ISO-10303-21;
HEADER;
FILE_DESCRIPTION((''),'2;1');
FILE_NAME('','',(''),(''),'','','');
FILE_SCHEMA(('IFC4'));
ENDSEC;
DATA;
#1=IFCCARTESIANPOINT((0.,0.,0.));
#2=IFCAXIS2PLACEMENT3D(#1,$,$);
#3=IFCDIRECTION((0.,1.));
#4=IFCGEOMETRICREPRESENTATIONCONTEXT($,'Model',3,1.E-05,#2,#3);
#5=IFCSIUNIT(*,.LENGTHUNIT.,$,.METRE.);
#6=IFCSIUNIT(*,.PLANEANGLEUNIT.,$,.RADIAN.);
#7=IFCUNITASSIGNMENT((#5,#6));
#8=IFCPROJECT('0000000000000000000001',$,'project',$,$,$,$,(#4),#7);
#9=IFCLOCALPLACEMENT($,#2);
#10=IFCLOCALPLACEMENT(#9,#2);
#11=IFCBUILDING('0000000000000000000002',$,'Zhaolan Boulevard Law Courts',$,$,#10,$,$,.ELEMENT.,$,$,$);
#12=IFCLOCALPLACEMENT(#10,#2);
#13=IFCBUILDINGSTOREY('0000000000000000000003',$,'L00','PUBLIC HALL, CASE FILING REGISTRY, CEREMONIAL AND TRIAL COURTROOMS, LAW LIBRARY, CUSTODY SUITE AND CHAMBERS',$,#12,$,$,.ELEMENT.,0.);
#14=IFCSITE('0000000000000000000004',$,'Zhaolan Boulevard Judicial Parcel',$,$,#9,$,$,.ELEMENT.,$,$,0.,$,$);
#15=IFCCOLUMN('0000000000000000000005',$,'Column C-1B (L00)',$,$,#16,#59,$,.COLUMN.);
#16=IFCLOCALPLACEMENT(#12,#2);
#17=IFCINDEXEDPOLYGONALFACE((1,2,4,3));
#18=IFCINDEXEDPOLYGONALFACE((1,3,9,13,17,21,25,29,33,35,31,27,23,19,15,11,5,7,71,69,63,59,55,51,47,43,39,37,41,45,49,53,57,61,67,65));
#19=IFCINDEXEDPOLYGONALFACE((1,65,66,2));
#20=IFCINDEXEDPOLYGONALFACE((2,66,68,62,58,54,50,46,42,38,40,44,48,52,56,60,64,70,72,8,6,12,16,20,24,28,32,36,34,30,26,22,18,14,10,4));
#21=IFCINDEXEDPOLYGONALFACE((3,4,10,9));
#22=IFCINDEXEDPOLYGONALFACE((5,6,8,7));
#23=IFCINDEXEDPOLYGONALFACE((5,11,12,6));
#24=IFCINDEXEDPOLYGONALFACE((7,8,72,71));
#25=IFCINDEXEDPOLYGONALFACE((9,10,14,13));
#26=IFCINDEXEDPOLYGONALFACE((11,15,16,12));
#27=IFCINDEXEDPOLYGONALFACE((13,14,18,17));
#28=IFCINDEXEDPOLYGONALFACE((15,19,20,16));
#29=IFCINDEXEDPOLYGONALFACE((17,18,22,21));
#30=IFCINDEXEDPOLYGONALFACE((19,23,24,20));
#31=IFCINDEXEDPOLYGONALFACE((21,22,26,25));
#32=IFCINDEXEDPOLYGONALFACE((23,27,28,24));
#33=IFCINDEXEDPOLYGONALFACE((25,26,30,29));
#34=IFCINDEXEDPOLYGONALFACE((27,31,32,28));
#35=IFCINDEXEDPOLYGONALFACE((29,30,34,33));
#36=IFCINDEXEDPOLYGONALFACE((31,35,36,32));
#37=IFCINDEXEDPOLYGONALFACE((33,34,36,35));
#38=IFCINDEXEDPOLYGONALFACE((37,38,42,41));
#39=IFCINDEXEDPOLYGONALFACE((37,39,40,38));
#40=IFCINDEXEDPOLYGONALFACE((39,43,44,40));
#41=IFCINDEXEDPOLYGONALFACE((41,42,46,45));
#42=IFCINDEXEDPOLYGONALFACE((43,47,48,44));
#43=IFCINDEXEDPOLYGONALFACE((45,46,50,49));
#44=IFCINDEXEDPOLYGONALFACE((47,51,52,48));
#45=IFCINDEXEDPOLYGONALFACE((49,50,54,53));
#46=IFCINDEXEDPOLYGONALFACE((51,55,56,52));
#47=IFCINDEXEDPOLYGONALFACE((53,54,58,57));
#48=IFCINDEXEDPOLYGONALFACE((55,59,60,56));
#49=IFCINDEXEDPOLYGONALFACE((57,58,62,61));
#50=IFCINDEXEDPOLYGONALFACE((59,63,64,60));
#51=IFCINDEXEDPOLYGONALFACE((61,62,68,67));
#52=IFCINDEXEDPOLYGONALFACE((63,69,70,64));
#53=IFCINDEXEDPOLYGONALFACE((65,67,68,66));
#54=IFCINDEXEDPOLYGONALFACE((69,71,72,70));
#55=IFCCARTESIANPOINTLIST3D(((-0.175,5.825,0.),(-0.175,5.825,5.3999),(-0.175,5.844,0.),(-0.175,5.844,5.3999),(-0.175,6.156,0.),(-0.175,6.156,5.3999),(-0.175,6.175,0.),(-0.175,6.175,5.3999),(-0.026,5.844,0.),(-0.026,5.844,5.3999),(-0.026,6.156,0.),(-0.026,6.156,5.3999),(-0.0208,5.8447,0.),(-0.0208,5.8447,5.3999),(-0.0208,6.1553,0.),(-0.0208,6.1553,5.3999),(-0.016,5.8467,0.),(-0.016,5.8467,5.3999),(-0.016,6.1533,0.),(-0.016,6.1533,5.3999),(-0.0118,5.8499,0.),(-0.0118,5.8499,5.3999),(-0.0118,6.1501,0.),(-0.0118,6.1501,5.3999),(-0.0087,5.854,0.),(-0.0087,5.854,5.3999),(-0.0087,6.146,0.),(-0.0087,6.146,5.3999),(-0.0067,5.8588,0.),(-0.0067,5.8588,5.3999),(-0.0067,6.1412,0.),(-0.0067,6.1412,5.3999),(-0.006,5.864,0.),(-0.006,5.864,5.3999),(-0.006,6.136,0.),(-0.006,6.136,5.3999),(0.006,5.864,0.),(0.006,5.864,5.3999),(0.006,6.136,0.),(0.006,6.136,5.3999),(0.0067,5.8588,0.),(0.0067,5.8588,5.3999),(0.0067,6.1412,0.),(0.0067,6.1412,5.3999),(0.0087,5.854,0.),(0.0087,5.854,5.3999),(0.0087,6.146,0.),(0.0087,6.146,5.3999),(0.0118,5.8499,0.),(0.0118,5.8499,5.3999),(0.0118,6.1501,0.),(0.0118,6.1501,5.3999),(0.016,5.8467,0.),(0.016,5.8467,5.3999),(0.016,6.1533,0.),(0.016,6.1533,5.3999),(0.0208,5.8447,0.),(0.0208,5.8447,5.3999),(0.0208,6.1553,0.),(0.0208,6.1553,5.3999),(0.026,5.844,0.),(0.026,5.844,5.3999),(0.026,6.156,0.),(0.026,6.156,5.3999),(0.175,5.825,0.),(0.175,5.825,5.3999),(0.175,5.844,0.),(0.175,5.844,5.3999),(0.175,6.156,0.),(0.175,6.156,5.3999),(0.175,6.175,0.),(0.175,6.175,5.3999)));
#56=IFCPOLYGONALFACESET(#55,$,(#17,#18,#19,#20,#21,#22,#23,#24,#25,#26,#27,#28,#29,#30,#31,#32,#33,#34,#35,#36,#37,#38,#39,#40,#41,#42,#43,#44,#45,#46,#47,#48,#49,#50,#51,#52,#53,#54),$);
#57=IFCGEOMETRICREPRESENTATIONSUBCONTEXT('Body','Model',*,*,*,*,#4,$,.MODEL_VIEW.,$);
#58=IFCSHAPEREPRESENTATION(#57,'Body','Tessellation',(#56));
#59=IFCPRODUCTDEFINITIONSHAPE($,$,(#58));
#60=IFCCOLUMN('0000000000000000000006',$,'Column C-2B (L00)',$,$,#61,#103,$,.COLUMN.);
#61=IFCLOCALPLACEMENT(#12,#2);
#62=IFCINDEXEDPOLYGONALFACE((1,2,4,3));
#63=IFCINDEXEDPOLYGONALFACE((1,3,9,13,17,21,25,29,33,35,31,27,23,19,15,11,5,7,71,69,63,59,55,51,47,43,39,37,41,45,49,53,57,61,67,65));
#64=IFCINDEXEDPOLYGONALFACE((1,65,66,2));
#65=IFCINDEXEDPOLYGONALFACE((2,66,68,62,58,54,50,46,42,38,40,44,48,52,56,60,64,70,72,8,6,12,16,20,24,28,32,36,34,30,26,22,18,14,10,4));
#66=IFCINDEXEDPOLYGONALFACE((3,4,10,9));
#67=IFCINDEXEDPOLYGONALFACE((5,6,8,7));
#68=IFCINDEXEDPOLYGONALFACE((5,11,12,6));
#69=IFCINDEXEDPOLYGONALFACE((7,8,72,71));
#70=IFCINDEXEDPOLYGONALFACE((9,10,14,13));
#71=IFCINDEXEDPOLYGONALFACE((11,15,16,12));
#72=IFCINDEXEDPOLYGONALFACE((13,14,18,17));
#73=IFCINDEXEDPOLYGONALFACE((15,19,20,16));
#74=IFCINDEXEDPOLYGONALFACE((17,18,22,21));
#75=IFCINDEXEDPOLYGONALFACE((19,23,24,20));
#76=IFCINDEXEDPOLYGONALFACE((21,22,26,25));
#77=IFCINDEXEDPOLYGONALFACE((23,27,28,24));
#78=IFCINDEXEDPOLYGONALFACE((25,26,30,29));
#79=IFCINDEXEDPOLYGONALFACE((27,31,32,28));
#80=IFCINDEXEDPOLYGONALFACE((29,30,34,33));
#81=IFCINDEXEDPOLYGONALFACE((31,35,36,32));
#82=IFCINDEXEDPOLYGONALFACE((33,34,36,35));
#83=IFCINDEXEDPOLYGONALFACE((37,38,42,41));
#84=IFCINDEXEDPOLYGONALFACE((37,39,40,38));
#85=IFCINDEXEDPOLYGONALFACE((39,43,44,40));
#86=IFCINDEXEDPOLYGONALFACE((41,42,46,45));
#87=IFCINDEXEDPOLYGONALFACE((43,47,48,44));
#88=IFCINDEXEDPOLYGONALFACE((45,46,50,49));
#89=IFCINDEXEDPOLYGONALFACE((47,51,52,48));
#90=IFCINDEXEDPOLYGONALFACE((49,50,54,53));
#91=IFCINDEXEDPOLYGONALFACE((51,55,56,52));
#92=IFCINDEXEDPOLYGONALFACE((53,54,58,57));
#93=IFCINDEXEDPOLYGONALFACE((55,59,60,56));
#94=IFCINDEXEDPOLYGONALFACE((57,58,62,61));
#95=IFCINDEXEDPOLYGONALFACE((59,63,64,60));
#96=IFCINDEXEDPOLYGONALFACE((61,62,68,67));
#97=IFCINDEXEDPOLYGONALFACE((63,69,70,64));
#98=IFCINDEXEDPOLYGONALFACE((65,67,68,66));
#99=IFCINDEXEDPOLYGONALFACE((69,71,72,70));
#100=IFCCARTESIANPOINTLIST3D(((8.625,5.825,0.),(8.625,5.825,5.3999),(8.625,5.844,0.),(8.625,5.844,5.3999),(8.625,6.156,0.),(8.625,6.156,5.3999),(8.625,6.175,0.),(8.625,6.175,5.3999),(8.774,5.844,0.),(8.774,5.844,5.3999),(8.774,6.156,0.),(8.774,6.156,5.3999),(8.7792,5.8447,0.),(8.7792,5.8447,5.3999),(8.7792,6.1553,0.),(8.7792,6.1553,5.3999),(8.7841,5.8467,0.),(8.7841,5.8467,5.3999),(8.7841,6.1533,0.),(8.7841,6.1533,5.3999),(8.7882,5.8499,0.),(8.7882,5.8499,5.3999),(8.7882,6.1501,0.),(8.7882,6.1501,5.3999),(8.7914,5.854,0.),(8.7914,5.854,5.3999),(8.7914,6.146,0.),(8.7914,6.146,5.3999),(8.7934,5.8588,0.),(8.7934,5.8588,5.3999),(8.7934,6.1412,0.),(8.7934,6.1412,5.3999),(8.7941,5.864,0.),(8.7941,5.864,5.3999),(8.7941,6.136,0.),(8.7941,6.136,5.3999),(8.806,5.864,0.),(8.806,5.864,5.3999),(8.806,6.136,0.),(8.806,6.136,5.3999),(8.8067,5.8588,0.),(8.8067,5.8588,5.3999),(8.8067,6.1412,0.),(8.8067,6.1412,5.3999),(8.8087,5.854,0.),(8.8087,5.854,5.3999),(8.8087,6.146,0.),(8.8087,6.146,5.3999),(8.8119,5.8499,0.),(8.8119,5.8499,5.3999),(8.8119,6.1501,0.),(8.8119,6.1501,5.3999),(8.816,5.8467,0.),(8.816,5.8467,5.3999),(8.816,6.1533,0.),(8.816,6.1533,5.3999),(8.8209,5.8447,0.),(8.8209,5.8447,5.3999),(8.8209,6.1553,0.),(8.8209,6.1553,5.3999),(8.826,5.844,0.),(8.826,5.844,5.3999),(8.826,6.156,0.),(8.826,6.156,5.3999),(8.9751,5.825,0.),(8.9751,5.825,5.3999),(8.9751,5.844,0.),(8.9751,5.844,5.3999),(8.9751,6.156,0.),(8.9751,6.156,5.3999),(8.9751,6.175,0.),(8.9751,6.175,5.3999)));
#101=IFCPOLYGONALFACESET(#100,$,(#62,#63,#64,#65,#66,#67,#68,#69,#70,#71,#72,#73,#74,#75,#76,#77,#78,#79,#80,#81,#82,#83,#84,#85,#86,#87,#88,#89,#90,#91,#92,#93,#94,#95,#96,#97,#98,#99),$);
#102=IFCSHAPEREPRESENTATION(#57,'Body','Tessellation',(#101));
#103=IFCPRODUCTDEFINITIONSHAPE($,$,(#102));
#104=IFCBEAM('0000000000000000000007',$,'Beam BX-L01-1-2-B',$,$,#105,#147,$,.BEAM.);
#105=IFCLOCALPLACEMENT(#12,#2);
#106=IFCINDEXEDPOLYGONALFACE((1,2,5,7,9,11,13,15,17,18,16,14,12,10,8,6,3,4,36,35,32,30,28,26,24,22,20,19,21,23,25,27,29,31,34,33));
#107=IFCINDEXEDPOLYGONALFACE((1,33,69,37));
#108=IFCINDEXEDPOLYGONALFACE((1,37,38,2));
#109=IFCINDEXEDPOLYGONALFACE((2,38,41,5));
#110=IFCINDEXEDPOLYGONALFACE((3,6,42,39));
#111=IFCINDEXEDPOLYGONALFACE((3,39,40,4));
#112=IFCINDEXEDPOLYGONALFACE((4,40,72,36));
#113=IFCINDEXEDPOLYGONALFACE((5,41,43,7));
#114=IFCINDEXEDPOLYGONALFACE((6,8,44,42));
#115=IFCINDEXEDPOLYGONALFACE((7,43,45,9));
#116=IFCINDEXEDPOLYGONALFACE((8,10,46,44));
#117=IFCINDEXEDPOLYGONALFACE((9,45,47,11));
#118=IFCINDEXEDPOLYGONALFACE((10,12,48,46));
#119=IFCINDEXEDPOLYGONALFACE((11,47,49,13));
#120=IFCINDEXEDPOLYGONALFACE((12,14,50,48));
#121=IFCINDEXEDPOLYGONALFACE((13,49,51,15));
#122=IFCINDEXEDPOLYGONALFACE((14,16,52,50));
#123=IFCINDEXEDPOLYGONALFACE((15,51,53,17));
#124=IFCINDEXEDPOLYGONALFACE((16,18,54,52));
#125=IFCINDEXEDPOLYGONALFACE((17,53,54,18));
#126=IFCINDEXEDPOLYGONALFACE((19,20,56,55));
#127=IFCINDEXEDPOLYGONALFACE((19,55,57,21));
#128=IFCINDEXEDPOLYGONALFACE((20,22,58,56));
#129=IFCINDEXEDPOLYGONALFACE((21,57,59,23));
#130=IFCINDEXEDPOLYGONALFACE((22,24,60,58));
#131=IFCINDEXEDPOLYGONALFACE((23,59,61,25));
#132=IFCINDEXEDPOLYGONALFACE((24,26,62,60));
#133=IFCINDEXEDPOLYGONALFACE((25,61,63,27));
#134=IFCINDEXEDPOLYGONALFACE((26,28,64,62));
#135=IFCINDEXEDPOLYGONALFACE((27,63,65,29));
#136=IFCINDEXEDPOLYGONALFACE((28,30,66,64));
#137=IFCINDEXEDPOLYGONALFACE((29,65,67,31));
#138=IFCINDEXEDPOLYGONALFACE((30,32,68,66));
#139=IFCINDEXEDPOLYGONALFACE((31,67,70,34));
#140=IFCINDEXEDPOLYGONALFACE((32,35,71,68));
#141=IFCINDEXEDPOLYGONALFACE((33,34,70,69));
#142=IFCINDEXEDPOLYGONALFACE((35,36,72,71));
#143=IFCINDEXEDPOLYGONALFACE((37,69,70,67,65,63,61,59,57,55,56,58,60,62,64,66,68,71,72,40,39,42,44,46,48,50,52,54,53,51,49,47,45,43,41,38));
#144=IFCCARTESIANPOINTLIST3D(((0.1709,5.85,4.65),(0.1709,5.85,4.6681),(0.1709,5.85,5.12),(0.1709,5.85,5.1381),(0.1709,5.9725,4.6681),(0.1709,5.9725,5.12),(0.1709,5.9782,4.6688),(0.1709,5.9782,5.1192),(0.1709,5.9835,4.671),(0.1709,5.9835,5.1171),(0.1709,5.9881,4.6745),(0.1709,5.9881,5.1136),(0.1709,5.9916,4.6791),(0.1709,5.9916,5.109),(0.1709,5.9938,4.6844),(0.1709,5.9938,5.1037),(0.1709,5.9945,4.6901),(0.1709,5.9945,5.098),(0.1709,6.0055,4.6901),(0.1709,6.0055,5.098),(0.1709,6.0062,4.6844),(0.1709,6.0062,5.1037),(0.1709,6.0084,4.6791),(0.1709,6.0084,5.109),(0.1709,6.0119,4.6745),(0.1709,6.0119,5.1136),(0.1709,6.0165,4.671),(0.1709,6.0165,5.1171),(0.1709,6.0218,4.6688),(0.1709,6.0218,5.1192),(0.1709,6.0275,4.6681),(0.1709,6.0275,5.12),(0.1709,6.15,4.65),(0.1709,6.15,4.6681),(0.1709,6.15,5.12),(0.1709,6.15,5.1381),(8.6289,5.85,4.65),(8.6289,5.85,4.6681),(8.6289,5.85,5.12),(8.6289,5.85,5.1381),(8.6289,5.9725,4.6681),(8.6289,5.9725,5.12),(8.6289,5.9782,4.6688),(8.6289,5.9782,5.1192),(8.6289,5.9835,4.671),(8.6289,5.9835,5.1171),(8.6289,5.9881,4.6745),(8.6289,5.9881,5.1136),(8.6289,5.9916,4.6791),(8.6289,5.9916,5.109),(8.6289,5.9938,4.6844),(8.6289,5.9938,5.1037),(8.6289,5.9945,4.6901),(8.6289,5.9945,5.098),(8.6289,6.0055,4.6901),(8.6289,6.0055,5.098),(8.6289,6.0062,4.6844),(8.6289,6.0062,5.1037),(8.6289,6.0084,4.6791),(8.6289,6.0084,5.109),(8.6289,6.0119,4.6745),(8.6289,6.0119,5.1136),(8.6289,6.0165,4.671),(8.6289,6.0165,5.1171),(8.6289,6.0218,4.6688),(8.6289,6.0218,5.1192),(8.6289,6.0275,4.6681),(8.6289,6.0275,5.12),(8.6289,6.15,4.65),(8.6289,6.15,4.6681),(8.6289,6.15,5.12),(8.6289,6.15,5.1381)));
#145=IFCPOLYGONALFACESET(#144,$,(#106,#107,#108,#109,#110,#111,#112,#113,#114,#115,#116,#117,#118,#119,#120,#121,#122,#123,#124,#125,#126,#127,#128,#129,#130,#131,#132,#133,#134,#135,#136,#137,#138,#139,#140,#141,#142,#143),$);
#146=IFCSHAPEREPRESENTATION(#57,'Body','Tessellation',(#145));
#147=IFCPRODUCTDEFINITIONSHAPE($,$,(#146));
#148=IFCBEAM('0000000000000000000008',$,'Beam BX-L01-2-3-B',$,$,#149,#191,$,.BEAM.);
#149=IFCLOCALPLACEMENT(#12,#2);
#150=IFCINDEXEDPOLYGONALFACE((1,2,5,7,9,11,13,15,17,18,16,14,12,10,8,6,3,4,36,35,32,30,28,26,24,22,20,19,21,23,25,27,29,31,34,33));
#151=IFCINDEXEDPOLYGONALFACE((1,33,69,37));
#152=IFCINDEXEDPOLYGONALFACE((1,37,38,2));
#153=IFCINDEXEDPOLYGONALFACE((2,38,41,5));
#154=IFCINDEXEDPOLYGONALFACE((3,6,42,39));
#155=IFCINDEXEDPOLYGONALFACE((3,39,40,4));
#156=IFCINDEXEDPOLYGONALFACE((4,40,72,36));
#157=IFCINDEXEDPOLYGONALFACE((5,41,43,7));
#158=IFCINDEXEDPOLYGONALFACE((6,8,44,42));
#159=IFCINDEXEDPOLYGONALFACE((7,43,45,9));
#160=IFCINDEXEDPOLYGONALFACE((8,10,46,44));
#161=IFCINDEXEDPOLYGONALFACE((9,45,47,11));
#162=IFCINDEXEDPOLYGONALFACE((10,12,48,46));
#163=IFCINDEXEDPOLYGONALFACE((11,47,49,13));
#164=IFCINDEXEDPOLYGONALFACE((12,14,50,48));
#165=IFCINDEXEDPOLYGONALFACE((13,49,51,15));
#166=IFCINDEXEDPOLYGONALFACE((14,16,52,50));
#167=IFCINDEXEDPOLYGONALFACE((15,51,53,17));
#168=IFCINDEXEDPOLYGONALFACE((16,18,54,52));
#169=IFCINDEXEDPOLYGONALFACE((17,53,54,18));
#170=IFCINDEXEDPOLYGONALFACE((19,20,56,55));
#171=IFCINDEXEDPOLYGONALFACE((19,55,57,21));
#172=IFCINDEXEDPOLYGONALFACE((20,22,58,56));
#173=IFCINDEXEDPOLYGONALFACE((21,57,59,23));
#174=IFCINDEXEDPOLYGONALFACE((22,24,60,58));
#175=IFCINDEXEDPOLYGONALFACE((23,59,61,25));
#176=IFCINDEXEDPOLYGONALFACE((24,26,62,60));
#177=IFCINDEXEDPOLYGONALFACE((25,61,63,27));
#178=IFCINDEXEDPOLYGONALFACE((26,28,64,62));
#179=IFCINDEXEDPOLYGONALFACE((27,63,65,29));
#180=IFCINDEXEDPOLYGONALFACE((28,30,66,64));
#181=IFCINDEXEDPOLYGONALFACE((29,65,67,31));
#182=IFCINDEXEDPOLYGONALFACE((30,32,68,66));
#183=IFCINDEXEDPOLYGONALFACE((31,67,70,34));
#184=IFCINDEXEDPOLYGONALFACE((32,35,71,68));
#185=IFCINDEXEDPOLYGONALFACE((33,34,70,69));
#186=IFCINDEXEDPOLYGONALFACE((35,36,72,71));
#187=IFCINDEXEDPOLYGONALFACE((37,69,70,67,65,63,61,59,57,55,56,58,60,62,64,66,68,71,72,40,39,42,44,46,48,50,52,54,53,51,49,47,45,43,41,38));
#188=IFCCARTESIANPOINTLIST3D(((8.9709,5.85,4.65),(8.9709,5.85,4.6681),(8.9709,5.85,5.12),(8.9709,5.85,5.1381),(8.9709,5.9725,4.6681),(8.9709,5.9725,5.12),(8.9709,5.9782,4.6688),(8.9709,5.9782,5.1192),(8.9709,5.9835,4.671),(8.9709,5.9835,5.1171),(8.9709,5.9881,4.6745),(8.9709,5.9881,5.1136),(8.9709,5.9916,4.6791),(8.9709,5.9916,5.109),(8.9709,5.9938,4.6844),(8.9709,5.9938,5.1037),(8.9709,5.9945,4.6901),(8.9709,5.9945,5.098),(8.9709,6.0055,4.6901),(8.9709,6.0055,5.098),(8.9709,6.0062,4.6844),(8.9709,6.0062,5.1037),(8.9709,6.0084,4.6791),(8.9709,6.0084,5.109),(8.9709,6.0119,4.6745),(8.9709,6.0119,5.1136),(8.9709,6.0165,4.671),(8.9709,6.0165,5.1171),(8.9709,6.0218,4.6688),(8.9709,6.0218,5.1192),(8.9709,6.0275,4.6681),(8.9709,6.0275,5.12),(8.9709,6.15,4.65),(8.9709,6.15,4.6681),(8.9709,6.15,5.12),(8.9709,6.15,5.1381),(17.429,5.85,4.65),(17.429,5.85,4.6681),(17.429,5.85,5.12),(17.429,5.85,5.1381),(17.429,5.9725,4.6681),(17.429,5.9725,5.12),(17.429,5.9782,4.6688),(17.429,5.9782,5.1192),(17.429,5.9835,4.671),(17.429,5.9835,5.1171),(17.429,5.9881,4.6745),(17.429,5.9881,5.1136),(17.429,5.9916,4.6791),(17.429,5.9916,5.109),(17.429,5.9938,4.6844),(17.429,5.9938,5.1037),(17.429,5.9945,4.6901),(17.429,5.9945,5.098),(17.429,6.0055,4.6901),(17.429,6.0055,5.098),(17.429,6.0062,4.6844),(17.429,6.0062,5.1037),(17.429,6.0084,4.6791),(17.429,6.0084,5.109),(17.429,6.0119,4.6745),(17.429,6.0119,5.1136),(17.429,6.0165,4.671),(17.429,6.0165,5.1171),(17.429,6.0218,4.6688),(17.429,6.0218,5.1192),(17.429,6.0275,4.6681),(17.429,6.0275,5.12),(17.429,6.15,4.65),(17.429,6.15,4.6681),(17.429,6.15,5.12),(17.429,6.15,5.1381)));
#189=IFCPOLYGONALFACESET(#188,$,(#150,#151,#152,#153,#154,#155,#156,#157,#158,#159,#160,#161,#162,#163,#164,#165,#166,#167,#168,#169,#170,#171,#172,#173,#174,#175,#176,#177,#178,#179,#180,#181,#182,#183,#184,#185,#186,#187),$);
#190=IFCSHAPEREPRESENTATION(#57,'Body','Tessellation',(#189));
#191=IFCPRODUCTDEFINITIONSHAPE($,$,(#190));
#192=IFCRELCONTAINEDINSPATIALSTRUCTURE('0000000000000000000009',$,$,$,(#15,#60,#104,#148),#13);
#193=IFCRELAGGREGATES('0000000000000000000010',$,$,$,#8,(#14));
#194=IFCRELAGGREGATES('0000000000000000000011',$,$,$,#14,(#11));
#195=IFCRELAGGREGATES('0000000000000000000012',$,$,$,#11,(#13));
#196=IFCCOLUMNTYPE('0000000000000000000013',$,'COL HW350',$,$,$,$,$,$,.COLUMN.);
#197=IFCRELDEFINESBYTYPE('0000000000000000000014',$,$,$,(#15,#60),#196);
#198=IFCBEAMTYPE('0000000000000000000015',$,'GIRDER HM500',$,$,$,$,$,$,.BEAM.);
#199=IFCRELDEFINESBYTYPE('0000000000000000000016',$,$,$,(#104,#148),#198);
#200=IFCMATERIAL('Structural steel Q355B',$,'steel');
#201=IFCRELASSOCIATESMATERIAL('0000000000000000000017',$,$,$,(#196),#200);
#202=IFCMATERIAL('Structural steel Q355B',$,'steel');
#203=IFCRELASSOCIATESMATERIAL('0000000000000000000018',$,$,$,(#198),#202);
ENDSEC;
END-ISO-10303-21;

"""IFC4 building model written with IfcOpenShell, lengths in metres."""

from ifc_helpers import new_model, si_unit, direction, frame, origin, origin_2d, place, context, subcontext, project, spatial, i_section, extrude, material, material_profile, profile_set, type_object, element, save


model = new_model("IFC4")

# Units and contexts
model_context = context("Model", 3, precision=1e-05, world=origin(), true_north=direction((0.0, 1.0)))
body_context = subcontext(model_context, "Body", "Model", "MODEL_VIEW")
ifc_project = project(units=[si_unit("LENGTHUNIT", "METRE"), si_unit("PLANEANGLEUNIT", "RADIAN")], contexts=[model_context])

# Site, building, storey
site_placement = place(None, origin())
site = spatial("IfcSite", under=ifc_project, at=site_placement, Name="Zhaolan Boulevard Judicial Parcel", CompositionType="ELEMENT", RefElevation=0.0)
building_placement = place(site_placement, origin())
building = spatial("IfcBuilding", under=site, at=building_placement, Name="Zhaolan Boulevard Law Courts", CompositionType="ELEMENT")
storey_placement = place(building_placement, origin())
storey = spatial("IfcBuildingStorey", under=building, at=storey_placement, Name="L00", Description="PUBLIC HALL, CASE FILING REGISTRY, CEREMONIAL AND TRIAL COURTROOMS, LAW LIBRARY, CUSTODY SUITE AND CHAMBERS", CompositionType="ELEMENT", Elevation=0.0)

# Columns
ifc_material_1 = material(Name="Structural steel Q355B", Category="steel")
ifc_material_profile_1 = material_profile(ifc_material_1, i_section(OverallWidth=0.3501, OverallDepth=0.3501, WebThickness=0.012, FlangeThickness=0.019, FilletRadius=0.02, at=origin_2d()), Name="HW350x350")
ifc_profile_set_1 = profile_set([ifc_material_profile_1], Name="Structural steel Q355B")
column_type = type_object("IfcColumnType", Name="COL HW350", PredefinedType="COLUMN", material=ifc_profile_set_1)
for number, where, z_axis, x_axis, name in (
    (1, (0.0, 6.0, 0.0), (0.0, 0.0, 1.0), (1.0, 0.0, 0.0), "Column C-1B (L00)"),
    (2, (8.8, 6.0, 0.0), (0.0, 0.0, 1.0), (1.0, 0.0, 0.0), "Column C-2B (L00)"),
):
    element("IfcColumn", number, at=place(storey_placement, frame(where, z_axis=z_axis, x_axis=x_axis)), inside=storey, type_object=column_type, Name=name, PredefinedType="COLUMN", context=body_context, shape_type="SweptSolid", body=[
        extrude(i_section(OverallWidth=0.3501, OverallDepth=0.3501, WebThickness=0.012, FlangeThickness=0.019, FilletRadius=0.02, at=origin_2d()), origin(), (0.0, 0.0, 1.0), 5.3999),
    ])

# Beams
ifc_material_2 = material(Name="Structural steel Q355B", Category="steel")
ifc_material_profile_2 = material_profile(ifc_material_2, i_section(OverallWidth=0.3, OverallDepth=0.488, WebThickness=0.011, FlangeThickness=0.0181, FilletRadius=0.022, at=origin_2d()), Name="HM488x300")
ifc_profile_set_2 = profile_set([ifc_material_profile_2], Name="Structural steel Q355B")
beam_type_1 = type_object("IfcBeamType", Name="GIRDER HM500", PredefinedType="BEAM", material=ifc_profile_set_2)
for number, where, z_axis, x_axis, name in (
    (3, (0.1709, 6.0, 4.894), (1.0, 0.0, 0.0), (0.0, 1.0, 0.0), "Beam BX-L01-1-2-B"),
    (4, (8.9709, 6.0, 4.894), (1.0, 0.0, 0.0), (0.0, 1.0, 0.0), "Beam BX-L01-2-3-B"),
):
    element("IfcBeam", number, at=place(storey_placement, frame(where, z_axis=z_axis, x_axis=x_axis)), inside=storey, type_object=beam_type_1, Name=name, PredefinedType="BEAM", context=body_context, shape_type="SweptSolid", body=[
        extrude(i_section(OverallWidth=0.3, OverallDepth=0.488, WebThickness=0.011, FlangeThickness=0.0181, FilletRadius=0.022, at=origin_2d()), origin(), (0.0, 0.0, 1.0), 8.458),
    ])

save(model, "model.ifc")
